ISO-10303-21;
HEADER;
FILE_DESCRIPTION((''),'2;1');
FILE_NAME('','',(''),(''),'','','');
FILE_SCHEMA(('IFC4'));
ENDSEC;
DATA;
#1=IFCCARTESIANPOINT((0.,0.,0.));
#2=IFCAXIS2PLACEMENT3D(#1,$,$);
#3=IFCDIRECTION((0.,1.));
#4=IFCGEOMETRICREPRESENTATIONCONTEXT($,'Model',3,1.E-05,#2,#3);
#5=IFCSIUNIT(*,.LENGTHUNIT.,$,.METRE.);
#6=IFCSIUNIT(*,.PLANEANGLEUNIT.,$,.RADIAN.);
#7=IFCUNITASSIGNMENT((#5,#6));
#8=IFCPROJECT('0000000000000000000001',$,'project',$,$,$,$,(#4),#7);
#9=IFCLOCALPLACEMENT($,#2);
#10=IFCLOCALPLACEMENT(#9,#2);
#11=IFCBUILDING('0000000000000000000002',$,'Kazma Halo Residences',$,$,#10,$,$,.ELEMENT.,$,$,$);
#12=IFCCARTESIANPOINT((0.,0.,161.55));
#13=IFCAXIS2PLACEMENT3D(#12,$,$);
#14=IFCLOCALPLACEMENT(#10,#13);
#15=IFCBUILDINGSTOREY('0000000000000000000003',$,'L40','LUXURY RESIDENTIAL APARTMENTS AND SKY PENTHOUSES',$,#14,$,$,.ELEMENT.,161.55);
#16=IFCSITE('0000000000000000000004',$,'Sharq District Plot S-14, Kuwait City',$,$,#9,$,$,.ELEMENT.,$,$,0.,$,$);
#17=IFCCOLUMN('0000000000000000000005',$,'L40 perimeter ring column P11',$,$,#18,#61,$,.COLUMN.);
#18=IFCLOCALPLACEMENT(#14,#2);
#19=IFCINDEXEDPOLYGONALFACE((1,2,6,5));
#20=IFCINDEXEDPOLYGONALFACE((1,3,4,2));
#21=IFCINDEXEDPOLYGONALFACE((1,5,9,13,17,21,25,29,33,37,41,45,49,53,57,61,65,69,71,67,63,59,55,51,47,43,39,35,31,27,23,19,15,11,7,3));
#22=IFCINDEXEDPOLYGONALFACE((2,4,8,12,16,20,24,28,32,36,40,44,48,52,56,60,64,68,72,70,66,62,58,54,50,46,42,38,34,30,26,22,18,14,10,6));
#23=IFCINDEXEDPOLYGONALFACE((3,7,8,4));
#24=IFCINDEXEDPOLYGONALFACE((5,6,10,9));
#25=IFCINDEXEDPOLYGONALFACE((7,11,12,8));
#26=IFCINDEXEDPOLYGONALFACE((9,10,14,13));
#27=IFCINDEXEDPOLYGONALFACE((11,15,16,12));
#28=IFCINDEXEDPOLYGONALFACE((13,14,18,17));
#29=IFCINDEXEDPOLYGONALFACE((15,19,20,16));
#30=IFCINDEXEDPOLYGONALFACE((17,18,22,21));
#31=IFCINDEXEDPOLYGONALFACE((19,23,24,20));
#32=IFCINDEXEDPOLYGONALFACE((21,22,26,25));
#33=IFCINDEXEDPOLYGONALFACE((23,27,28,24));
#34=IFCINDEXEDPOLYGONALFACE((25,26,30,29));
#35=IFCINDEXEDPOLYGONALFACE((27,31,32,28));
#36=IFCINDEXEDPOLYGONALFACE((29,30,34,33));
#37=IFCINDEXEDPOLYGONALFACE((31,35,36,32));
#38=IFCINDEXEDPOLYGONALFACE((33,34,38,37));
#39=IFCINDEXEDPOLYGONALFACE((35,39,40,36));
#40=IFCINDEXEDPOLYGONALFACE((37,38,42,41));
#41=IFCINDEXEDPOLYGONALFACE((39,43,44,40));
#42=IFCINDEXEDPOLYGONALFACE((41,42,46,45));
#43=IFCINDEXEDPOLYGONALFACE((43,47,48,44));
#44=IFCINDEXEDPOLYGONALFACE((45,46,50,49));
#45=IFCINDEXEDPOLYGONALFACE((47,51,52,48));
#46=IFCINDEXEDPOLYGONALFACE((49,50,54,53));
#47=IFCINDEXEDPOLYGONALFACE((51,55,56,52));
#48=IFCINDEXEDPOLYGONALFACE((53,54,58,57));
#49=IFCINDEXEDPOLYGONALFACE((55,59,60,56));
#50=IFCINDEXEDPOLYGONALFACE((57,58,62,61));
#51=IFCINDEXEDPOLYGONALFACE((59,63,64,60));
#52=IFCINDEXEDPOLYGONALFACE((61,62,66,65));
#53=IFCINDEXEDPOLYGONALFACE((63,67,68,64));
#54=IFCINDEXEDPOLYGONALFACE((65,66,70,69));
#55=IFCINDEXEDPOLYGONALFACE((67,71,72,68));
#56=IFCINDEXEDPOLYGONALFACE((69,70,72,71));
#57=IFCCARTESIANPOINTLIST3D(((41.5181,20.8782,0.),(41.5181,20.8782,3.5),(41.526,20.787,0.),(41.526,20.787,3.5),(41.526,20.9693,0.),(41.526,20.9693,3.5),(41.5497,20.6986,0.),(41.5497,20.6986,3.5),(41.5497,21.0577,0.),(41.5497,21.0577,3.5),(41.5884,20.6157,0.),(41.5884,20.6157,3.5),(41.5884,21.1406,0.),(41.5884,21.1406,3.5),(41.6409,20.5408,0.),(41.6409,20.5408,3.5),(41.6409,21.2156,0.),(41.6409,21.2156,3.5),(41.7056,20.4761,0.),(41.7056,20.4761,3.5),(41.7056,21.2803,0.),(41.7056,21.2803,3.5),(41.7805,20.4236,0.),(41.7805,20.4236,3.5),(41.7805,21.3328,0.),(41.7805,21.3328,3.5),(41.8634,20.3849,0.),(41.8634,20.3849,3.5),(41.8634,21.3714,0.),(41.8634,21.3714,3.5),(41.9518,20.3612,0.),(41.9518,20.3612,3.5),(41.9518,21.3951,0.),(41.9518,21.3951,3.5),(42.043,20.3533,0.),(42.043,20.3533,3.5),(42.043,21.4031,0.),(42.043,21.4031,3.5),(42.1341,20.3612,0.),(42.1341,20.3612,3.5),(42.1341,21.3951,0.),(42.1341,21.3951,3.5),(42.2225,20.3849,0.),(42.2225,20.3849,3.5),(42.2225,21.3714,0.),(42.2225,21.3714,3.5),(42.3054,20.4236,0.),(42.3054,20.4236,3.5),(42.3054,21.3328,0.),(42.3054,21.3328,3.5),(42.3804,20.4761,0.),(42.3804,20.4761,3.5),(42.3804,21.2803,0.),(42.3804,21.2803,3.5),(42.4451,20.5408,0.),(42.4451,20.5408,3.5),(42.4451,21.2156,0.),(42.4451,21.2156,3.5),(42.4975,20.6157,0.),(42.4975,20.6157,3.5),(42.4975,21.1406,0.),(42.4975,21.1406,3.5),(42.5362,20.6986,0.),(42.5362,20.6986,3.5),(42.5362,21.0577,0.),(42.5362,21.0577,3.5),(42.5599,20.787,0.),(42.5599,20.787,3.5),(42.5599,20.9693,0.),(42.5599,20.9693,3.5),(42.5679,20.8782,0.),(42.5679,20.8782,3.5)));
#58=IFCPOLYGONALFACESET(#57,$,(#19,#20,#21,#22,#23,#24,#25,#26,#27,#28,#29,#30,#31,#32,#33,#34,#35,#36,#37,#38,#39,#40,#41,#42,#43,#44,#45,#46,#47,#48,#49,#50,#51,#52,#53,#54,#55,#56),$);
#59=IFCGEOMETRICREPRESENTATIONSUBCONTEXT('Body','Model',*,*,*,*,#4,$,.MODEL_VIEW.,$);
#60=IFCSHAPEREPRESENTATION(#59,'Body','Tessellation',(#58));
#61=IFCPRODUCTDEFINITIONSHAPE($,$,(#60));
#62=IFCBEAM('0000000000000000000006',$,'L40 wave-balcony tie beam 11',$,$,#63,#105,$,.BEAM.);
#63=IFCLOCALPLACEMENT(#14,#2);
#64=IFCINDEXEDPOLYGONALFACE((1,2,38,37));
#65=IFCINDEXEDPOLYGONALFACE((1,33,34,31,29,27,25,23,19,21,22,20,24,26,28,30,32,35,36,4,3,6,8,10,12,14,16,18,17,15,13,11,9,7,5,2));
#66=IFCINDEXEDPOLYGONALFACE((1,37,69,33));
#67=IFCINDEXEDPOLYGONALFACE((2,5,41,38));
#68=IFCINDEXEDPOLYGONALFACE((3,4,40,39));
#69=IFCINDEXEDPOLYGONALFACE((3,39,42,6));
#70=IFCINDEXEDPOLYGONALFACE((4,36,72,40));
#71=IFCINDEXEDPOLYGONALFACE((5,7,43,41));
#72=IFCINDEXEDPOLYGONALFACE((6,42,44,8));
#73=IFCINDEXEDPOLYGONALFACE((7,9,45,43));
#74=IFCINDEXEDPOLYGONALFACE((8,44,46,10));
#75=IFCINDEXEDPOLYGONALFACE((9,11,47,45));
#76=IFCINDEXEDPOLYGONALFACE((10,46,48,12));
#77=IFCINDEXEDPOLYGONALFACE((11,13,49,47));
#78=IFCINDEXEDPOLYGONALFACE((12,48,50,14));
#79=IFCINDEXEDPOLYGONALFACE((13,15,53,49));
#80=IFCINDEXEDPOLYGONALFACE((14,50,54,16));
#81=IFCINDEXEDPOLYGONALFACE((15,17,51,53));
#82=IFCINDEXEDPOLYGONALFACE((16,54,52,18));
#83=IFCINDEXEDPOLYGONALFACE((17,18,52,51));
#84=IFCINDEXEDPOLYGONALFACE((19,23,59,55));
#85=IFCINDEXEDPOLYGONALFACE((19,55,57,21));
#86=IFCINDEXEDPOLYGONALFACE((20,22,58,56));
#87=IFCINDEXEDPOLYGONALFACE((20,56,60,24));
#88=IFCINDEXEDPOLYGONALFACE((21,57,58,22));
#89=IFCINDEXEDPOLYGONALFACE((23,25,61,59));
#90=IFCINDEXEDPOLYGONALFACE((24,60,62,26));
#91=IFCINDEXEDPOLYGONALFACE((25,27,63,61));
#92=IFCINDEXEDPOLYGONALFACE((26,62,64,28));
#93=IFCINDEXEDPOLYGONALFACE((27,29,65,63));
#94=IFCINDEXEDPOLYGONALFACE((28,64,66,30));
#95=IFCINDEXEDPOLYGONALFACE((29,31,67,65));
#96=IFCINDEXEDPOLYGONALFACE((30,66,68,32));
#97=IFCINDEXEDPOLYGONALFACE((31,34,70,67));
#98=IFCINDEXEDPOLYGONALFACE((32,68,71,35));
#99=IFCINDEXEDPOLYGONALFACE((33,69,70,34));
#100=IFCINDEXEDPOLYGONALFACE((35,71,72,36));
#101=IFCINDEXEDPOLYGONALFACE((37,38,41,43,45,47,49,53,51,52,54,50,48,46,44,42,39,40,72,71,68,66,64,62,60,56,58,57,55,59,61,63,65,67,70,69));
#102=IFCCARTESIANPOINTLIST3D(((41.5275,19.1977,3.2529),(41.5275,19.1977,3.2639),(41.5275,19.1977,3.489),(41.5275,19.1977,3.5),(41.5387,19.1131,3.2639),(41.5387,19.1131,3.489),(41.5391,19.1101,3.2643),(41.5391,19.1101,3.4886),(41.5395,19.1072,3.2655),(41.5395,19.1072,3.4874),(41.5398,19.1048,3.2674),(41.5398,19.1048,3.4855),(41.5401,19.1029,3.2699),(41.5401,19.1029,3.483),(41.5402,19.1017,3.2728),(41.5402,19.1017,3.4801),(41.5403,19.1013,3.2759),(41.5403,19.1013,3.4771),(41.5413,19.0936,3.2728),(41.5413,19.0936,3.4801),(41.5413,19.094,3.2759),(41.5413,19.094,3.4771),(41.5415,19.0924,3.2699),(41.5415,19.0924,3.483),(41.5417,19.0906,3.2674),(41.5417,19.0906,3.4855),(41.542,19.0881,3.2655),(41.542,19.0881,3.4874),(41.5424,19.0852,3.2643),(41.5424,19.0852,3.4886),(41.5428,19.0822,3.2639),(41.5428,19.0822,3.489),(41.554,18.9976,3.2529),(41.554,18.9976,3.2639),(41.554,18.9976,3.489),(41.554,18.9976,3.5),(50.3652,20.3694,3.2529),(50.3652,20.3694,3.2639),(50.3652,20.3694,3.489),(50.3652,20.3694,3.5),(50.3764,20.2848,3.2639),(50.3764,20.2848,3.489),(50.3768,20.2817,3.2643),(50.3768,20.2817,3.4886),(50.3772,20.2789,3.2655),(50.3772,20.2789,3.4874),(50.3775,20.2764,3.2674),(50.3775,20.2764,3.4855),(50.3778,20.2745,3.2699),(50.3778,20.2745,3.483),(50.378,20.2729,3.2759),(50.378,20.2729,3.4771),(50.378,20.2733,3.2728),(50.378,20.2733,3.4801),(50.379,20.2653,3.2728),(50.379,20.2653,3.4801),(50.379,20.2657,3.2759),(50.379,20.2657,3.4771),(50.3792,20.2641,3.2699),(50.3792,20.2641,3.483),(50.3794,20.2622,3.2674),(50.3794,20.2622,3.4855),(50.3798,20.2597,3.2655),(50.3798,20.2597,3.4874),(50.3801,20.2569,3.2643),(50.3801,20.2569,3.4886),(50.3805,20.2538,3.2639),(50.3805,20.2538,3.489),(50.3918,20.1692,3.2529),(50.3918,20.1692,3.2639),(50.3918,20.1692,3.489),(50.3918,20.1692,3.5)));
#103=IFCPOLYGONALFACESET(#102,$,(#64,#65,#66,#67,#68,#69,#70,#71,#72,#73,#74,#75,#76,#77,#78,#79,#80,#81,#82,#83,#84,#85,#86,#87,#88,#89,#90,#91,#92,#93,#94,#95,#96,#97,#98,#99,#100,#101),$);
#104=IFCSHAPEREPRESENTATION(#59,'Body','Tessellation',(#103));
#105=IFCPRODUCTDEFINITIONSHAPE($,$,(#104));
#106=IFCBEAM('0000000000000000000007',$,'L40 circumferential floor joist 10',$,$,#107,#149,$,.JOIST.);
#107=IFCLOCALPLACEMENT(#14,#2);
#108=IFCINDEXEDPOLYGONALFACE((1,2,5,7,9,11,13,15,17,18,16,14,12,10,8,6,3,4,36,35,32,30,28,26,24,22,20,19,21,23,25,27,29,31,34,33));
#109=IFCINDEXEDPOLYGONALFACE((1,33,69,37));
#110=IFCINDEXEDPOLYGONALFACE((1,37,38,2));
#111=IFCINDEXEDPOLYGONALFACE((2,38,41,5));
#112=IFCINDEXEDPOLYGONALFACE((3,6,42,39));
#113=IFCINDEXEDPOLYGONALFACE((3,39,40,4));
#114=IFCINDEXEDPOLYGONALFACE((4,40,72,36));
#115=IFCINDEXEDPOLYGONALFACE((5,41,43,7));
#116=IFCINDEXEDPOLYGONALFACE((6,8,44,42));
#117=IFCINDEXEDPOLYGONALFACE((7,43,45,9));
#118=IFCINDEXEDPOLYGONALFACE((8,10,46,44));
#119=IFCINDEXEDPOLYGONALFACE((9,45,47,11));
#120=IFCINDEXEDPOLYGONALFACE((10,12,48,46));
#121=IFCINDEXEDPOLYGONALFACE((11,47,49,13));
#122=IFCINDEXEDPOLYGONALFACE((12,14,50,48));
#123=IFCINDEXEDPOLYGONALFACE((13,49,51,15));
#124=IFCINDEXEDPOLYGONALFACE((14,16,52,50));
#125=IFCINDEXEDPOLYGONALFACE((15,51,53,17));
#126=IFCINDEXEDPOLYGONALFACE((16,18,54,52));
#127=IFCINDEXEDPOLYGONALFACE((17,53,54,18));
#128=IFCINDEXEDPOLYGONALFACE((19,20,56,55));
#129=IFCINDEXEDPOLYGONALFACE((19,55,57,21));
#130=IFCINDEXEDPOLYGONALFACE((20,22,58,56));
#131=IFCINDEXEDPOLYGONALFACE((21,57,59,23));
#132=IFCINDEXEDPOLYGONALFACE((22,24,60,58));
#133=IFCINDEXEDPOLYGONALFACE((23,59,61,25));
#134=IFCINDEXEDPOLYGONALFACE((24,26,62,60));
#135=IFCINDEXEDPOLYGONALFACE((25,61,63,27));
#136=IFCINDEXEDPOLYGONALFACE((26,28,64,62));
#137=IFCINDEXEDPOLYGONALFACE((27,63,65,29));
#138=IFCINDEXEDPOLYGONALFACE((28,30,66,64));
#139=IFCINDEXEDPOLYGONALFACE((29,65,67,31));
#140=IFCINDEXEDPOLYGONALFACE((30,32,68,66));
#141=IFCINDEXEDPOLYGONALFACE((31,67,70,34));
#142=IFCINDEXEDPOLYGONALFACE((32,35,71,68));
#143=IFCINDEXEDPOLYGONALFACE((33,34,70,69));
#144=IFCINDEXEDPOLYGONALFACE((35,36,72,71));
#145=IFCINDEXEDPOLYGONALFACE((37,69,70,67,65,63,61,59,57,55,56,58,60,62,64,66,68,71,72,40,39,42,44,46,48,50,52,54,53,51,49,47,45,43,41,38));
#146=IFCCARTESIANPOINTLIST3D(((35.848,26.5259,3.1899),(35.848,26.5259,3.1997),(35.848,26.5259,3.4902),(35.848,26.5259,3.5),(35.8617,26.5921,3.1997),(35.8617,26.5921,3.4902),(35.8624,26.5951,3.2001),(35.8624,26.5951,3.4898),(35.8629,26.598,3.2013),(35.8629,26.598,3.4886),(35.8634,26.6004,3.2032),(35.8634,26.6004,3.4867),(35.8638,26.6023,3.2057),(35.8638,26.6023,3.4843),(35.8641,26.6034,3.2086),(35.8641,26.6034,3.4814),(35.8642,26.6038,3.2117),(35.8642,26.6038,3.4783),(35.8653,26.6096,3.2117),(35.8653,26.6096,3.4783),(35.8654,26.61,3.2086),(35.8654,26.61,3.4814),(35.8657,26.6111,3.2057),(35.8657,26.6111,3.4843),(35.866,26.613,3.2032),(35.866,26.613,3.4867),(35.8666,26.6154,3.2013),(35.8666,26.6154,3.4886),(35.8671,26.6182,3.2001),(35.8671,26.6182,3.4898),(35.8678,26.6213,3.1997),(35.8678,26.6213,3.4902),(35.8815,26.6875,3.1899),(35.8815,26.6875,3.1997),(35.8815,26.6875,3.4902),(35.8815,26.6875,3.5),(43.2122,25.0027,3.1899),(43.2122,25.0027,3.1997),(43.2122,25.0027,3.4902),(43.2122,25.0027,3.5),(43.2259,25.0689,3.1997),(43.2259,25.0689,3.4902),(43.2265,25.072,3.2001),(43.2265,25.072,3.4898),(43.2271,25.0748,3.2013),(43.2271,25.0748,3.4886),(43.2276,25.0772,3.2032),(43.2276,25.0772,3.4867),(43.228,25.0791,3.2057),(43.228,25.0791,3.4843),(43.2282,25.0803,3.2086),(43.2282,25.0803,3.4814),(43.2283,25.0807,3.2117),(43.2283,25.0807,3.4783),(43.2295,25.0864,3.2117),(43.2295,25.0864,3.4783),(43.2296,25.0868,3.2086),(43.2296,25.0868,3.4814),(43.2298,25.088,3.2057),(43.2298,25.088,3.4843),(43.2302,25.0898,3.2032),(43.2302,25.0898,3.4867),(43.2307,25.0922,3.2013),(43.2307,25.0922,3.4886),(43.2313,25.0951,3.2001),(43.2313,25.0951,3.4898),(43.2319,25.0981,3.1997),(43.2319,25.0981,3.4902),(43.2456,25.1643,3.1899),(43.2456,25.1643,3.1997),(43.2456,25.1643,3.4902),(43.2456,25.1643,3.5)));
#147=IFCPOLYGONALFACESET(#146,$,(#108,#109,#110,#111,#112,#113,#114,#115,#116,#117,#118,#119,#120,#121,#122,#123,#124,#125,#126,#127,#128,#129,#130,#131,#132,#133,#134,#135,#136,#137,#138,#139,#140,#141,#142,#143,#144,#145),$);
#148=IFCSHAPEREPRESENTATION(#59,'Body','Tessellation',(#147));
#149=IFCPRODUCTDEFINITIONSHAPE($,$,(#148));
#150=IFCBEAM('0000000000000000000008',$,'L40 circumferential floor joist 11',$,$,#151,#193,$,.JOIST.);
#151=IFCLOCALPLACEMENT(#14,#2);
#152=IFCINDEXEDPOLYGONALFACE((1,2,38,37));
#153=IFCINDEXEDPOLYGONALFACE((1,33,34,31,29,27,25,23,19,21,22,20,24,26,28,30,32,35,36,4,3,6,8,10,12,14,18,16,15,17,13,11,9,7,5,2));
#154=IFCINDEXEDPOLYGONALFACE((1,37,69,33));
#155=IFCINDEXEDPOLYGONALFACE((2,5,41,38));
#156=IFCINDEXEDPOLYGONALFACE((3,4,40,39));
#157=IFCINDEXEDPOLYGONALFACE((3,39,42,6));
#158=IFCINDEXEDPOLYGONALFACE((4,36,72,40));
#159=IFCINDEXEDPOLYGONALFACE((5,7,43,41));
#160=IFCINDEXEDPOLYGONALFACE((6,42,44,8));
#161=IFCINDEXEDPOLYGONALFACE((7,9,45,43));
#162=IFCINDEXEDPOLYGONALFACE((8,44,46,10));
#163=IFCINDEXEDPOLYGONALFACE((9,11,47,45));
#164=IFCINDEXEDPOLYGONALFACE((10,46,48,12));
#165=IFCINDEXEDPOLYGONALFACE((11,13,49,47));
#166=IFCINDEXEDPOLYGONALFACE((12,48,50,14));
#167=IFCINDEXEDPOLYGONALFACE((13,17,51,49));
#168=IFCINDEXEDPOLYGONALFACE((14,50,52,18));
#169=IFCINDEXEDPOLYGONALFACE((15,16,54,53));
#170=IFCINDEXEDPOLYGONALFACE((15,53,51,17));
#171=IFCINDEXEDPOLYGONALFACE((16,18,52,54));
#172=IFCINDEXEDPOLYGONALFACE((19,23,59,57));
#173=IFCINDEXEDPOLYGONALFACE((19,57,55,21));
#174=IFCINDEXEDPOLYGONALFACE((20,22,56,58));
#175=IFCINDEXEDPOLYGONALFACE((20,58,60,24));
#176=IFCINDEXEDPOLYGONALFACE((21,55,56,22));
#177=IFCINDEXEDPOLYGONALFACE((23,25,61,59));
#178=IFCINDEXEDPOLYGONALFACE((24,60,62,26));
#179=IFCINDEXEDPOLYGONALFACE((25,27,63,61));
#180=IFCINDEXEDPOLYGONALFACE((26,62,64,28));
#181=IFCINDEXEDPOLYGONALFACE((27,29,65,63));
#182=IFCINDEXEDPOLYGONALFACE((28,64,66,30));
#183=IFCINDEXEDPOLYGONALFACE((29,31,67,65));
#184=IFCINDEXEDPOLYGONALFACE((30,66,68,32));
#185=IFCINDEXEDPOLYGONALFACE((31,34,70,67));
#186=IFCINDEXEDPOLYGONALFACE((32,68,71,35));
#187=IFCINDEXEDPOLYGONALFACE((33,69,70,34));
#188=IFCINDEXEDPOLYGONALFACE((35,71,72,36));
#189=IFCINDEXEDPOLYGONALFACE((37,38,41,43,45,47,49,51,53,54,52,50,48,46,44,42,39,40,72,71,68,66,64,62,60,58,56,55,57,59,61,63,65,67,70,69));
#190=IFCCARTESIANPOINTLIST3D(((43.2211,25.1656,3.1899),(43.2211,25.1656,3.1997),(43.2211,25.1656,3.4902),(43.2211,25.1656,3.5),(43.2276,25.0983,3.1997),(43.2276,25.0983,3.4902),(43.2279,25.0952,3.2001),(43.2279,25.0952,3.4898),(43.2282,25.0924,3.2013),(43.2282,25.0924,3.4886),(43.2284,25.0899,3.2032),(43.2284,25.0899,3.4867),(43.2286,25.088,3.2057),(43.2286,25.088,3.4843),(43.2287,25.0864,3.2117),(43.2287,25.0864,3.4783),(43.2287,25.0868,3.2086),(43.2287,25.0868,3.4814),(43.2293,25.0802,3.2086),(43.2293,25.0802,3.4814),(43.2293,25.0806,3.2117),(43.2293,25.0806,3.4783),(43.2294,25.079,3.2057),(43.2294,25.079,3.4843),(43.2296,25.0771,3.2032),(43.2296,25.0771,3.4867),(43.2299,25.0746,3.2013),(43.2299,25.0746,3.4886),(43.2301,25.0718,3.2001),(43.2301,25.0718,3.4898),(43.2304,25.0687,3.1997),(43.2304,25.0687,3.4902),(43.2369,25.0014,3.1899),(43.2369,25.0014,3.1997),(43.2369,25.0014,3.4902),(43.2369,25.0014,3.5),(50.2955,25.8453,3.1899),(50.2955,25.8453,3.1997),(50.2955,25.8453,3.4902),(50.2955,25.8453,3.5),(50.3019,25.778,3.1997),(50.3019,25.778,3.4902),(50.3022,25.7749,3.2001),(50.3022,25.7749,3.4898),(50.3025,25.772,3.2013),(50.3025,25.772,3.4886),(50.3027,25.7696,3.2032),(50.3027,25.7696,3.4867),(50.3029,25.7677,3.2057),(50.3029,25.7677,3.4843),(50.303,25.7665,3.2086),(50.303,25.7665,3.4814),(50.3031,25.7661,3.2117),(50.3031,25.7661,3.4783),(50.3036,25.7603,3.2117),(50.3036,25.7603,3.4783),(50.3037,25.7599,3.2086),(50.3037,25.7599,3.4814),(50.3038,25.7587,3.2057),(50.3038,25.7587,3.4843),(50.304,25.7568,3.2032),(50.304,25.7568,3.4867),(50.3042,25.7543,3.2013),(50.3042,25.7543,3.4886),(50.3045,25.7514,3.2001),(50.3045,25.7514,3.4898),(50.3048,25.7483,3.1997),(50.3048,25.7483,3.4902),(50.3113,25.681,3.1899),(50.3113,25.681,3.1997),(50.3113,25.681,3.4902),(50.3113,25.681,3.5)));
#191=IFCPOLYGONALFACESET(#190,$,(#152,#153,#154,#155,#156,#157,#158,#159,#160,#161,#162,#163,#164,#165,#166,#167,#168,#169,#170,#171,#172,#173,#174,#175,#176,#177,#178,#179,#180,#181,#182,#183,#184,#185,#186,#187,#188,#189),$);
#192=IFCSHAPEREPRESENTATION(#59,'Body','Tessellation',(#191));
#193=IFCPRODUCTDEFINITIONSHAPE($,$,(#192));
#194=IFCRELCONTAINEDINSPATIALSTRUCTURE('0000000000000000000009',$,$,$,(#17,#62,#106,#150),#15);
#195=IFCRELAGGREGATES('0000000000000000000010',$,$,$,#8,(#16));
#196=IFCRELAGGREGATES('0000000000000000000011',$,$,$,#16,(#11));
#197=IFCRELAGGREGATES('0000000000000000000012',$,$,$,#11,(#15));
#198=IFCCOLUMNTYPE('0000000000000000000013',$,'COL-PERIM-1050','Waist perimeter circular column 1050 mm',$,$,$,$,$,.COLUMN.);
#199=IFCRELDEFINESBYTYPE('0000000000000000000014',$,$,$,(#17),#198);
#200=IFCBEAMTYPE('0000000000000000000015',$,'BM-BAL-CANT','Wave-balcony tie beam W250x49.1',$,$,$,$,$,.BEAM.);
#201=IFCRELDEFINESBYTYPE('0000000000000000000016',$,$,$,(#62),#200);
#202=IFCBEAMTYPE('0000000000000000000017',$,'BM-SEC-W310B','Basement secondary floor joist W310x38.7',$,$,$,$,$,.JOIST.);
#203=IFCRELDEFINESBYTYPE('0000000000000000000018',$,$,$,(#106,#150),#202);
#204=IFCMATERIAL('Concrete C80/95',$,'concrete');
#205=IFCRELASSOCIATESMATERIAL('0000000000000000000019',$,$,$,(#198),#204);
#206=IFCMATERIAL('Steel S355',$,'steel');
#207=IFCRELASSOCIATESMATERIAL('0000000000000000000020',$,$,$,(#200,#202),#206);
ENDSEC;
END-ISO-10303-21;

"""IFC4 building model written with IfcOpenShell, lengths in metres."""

from ifc_helpers import new_model, si_unit, direction, frame, origin, origin_2d, place, context, subcontext, project, spatial, circle, i_section, extrude, material, material_profile, profile_set, type_object, element, save


model = new_model("IFC4")

# Units and contexts
model_context = context("Model", 3, precision=1e-05, world=origin(), true_north=direction((0.0, 1.0)))
body_context = subcontext(model_context, "Body", "Model", "MODEL_VIEW")
ifc_project = project(units=[si_unit("LENGTHUNIT", "METRE"), si_unit("PLANEANGLEUNIT", "RADIAN")], contexts=[model_context])

# Site, building, storey
site_placement = place(None, origin())
site = spatial("IfcSite", under=ifc_project, at=site_placement, Name="Sharq District Plot S-14, Kuwait City", CompositionType="ELEMENT", RefElevation=0.0)
building_placement = place(site_placement, origin())
building = spatial("IfcBuilding", under=site, at=building_placement, Name="Kazma Halo Residences", CompositionType="ELEMENT")
storey_placement = place(building_placement, frame((0.0, 0.0, 161.55)))
storey = spatial("IfcBuildingStorey", under=building, at=storey_placement, Name="L40", Description="LUXURY RESIDENTIAL APARTMENTS AND SKY PENTHOUSES", CompositionType="ELEMENT", Elevation=161.55)

# Column
ifc_material_1 = material(Name="Concrete C80/95", Category="concrete")
ifc_material_profile_1 = material_profile(ifc_material_1, circle(Radius=0.5249, at=origin_2d()), Name="CIRC1050")
ifc_profile_set_1 = profile_set([ifc_material_profile_1], Name="Concrete C80/95")
column_type = type_object("IfcColumnType", Name="COL-PERIM-1050", Description="Waist perimeter circular column 1050 mm", PredefinedType="COLUMN", material=ifc_profile_set_1)
column_placement = place(storey_placement, frame((42.043, 20.8782, 0.0), z_axis=(0.0, 0.0, 1.0), x_axis=(1.0, 0.0, 0.0)))
element("IfcColumn", 1, at=column_placement, inside=storey, type_object=column_type, Name="L40 perimeter ring column P11", PredefinedType="COLUMN", context=body_context, shape_type="SweptSolid", body=[
    extrude(circle(Radius=0.5249, at=origin_2d()), origin(), (0.0, 0.0, 1.0), 3.5),
])

# Beams
ifc_material_2 = material(Name="Steel S355", Category="steel")
ifc_material_profile_2 = material_profile(ifc_material_2, i_section(OverallWidth=0.2019, OverallDepth=0.2471, WebThickness=0.0073, FlangeThickness=0.011, FilletRadius=0.012, at=origin_2d()), Name="W250x49.1")
ifc_profile_set_2 = profile_set([ifc_material_profile_2], Name="Steel S355")
beam_type_1 = type_object("IfcBeamType", Name="BM-BAL-CANT", Description="Wave-balcony tie beam W250x49.1", PredefinedType="BEAM", material=ifc_profile_set_2)
beam_1_placement = place(storey_placement, frame((41.5408, 19.0977, 3.3765), z_axis=(0.991326, 0.131423, 0.0), x_axis=(-0.131423, 0.991326, 0.0)))
element("IfcBeam", 2, at=beam_1_placement, inside=storey, type_object=beam_type_1, Name="L40 wave-balcony tie beam 11", PredefinedType="BEAM", context=body_context, shape_type="SweptSolid", body=[
    extrude(i_section(OverallWidth=0.2019, OverallDepth=0.2471, WebThickness=0.0073, FlangeThickness=0.011, FilletRadius=0.012, at=origin_2d()), origin(), (0.0, 0.0, 1.0), 8.915),
])
ifc_material_profile_3 = material_profile(ifc_material_2, i_section(OverallWidth=0.165, OverallDepth=0.3101, WebThickness=0.0059, FlangeThickness=0.0098, FilletRadius=0.012, at=origin_2d()), Name="W310x38.7")
ifc_profile_set_3 = profile_set([ifc_material_profile_3], Name="Steel S355")
beam_type_2 = type_object("IfcBeamType", Name="BM-SEC-W310B", Description="Basement secondary floor joist W310x38.7", PredefinedType="JOIST", material=ifc_profile_set_3)
beam_2_placement = place(storey_placement, frame((35.8647, 26.6067, 3.345), z_axis=(0.979272, -0.202549, 0.0), x_axis=(0.202549, 0.979272, 0.0)))
element("IfcBeam", 3, at=beam_2_placement, inside=storey, type_object=beam_type_2, Name="L40 circumferential floor joist 10", PredefinedType="JOIST", context=body_context, shape_type="SweptSolid", body=[
    extrude(i_section(OverallWidth=0.165, OverallDepth=0.3101, WebThickness=0.0059, FlangeThickness=0.0098, FilletRadius=0.012, at=origin_2d()), origin(), (0.0, 0.0, 1.0), 7.52),
])
beam_3_placement = place(storey_placement, frame((43.229, 25.0835, 3.345), z_axis=(0.995416, 0.095636, 0.0), x_axis=(-0.095636, 0.995416, 0.0)))
element("IfcBeam", 4, at=beam_3_placement, inside=storey, type_object=beam_type_2, Name="L40 circumferential floor joist 11", PredefinedType="JOIST", context=body_context, shape_type="SweptSolid", body=[
    extrude(i_section(OverallWidth=0.165, OverallDepth=0.3101, WebThickness=0.0059, FlangeThickness=0.0098, FilletRadius=0.012, at=origin_2d()), origin(), (0.0, 0.0, 1.0), 7.1069),
])

save(model, "model.ifc")
